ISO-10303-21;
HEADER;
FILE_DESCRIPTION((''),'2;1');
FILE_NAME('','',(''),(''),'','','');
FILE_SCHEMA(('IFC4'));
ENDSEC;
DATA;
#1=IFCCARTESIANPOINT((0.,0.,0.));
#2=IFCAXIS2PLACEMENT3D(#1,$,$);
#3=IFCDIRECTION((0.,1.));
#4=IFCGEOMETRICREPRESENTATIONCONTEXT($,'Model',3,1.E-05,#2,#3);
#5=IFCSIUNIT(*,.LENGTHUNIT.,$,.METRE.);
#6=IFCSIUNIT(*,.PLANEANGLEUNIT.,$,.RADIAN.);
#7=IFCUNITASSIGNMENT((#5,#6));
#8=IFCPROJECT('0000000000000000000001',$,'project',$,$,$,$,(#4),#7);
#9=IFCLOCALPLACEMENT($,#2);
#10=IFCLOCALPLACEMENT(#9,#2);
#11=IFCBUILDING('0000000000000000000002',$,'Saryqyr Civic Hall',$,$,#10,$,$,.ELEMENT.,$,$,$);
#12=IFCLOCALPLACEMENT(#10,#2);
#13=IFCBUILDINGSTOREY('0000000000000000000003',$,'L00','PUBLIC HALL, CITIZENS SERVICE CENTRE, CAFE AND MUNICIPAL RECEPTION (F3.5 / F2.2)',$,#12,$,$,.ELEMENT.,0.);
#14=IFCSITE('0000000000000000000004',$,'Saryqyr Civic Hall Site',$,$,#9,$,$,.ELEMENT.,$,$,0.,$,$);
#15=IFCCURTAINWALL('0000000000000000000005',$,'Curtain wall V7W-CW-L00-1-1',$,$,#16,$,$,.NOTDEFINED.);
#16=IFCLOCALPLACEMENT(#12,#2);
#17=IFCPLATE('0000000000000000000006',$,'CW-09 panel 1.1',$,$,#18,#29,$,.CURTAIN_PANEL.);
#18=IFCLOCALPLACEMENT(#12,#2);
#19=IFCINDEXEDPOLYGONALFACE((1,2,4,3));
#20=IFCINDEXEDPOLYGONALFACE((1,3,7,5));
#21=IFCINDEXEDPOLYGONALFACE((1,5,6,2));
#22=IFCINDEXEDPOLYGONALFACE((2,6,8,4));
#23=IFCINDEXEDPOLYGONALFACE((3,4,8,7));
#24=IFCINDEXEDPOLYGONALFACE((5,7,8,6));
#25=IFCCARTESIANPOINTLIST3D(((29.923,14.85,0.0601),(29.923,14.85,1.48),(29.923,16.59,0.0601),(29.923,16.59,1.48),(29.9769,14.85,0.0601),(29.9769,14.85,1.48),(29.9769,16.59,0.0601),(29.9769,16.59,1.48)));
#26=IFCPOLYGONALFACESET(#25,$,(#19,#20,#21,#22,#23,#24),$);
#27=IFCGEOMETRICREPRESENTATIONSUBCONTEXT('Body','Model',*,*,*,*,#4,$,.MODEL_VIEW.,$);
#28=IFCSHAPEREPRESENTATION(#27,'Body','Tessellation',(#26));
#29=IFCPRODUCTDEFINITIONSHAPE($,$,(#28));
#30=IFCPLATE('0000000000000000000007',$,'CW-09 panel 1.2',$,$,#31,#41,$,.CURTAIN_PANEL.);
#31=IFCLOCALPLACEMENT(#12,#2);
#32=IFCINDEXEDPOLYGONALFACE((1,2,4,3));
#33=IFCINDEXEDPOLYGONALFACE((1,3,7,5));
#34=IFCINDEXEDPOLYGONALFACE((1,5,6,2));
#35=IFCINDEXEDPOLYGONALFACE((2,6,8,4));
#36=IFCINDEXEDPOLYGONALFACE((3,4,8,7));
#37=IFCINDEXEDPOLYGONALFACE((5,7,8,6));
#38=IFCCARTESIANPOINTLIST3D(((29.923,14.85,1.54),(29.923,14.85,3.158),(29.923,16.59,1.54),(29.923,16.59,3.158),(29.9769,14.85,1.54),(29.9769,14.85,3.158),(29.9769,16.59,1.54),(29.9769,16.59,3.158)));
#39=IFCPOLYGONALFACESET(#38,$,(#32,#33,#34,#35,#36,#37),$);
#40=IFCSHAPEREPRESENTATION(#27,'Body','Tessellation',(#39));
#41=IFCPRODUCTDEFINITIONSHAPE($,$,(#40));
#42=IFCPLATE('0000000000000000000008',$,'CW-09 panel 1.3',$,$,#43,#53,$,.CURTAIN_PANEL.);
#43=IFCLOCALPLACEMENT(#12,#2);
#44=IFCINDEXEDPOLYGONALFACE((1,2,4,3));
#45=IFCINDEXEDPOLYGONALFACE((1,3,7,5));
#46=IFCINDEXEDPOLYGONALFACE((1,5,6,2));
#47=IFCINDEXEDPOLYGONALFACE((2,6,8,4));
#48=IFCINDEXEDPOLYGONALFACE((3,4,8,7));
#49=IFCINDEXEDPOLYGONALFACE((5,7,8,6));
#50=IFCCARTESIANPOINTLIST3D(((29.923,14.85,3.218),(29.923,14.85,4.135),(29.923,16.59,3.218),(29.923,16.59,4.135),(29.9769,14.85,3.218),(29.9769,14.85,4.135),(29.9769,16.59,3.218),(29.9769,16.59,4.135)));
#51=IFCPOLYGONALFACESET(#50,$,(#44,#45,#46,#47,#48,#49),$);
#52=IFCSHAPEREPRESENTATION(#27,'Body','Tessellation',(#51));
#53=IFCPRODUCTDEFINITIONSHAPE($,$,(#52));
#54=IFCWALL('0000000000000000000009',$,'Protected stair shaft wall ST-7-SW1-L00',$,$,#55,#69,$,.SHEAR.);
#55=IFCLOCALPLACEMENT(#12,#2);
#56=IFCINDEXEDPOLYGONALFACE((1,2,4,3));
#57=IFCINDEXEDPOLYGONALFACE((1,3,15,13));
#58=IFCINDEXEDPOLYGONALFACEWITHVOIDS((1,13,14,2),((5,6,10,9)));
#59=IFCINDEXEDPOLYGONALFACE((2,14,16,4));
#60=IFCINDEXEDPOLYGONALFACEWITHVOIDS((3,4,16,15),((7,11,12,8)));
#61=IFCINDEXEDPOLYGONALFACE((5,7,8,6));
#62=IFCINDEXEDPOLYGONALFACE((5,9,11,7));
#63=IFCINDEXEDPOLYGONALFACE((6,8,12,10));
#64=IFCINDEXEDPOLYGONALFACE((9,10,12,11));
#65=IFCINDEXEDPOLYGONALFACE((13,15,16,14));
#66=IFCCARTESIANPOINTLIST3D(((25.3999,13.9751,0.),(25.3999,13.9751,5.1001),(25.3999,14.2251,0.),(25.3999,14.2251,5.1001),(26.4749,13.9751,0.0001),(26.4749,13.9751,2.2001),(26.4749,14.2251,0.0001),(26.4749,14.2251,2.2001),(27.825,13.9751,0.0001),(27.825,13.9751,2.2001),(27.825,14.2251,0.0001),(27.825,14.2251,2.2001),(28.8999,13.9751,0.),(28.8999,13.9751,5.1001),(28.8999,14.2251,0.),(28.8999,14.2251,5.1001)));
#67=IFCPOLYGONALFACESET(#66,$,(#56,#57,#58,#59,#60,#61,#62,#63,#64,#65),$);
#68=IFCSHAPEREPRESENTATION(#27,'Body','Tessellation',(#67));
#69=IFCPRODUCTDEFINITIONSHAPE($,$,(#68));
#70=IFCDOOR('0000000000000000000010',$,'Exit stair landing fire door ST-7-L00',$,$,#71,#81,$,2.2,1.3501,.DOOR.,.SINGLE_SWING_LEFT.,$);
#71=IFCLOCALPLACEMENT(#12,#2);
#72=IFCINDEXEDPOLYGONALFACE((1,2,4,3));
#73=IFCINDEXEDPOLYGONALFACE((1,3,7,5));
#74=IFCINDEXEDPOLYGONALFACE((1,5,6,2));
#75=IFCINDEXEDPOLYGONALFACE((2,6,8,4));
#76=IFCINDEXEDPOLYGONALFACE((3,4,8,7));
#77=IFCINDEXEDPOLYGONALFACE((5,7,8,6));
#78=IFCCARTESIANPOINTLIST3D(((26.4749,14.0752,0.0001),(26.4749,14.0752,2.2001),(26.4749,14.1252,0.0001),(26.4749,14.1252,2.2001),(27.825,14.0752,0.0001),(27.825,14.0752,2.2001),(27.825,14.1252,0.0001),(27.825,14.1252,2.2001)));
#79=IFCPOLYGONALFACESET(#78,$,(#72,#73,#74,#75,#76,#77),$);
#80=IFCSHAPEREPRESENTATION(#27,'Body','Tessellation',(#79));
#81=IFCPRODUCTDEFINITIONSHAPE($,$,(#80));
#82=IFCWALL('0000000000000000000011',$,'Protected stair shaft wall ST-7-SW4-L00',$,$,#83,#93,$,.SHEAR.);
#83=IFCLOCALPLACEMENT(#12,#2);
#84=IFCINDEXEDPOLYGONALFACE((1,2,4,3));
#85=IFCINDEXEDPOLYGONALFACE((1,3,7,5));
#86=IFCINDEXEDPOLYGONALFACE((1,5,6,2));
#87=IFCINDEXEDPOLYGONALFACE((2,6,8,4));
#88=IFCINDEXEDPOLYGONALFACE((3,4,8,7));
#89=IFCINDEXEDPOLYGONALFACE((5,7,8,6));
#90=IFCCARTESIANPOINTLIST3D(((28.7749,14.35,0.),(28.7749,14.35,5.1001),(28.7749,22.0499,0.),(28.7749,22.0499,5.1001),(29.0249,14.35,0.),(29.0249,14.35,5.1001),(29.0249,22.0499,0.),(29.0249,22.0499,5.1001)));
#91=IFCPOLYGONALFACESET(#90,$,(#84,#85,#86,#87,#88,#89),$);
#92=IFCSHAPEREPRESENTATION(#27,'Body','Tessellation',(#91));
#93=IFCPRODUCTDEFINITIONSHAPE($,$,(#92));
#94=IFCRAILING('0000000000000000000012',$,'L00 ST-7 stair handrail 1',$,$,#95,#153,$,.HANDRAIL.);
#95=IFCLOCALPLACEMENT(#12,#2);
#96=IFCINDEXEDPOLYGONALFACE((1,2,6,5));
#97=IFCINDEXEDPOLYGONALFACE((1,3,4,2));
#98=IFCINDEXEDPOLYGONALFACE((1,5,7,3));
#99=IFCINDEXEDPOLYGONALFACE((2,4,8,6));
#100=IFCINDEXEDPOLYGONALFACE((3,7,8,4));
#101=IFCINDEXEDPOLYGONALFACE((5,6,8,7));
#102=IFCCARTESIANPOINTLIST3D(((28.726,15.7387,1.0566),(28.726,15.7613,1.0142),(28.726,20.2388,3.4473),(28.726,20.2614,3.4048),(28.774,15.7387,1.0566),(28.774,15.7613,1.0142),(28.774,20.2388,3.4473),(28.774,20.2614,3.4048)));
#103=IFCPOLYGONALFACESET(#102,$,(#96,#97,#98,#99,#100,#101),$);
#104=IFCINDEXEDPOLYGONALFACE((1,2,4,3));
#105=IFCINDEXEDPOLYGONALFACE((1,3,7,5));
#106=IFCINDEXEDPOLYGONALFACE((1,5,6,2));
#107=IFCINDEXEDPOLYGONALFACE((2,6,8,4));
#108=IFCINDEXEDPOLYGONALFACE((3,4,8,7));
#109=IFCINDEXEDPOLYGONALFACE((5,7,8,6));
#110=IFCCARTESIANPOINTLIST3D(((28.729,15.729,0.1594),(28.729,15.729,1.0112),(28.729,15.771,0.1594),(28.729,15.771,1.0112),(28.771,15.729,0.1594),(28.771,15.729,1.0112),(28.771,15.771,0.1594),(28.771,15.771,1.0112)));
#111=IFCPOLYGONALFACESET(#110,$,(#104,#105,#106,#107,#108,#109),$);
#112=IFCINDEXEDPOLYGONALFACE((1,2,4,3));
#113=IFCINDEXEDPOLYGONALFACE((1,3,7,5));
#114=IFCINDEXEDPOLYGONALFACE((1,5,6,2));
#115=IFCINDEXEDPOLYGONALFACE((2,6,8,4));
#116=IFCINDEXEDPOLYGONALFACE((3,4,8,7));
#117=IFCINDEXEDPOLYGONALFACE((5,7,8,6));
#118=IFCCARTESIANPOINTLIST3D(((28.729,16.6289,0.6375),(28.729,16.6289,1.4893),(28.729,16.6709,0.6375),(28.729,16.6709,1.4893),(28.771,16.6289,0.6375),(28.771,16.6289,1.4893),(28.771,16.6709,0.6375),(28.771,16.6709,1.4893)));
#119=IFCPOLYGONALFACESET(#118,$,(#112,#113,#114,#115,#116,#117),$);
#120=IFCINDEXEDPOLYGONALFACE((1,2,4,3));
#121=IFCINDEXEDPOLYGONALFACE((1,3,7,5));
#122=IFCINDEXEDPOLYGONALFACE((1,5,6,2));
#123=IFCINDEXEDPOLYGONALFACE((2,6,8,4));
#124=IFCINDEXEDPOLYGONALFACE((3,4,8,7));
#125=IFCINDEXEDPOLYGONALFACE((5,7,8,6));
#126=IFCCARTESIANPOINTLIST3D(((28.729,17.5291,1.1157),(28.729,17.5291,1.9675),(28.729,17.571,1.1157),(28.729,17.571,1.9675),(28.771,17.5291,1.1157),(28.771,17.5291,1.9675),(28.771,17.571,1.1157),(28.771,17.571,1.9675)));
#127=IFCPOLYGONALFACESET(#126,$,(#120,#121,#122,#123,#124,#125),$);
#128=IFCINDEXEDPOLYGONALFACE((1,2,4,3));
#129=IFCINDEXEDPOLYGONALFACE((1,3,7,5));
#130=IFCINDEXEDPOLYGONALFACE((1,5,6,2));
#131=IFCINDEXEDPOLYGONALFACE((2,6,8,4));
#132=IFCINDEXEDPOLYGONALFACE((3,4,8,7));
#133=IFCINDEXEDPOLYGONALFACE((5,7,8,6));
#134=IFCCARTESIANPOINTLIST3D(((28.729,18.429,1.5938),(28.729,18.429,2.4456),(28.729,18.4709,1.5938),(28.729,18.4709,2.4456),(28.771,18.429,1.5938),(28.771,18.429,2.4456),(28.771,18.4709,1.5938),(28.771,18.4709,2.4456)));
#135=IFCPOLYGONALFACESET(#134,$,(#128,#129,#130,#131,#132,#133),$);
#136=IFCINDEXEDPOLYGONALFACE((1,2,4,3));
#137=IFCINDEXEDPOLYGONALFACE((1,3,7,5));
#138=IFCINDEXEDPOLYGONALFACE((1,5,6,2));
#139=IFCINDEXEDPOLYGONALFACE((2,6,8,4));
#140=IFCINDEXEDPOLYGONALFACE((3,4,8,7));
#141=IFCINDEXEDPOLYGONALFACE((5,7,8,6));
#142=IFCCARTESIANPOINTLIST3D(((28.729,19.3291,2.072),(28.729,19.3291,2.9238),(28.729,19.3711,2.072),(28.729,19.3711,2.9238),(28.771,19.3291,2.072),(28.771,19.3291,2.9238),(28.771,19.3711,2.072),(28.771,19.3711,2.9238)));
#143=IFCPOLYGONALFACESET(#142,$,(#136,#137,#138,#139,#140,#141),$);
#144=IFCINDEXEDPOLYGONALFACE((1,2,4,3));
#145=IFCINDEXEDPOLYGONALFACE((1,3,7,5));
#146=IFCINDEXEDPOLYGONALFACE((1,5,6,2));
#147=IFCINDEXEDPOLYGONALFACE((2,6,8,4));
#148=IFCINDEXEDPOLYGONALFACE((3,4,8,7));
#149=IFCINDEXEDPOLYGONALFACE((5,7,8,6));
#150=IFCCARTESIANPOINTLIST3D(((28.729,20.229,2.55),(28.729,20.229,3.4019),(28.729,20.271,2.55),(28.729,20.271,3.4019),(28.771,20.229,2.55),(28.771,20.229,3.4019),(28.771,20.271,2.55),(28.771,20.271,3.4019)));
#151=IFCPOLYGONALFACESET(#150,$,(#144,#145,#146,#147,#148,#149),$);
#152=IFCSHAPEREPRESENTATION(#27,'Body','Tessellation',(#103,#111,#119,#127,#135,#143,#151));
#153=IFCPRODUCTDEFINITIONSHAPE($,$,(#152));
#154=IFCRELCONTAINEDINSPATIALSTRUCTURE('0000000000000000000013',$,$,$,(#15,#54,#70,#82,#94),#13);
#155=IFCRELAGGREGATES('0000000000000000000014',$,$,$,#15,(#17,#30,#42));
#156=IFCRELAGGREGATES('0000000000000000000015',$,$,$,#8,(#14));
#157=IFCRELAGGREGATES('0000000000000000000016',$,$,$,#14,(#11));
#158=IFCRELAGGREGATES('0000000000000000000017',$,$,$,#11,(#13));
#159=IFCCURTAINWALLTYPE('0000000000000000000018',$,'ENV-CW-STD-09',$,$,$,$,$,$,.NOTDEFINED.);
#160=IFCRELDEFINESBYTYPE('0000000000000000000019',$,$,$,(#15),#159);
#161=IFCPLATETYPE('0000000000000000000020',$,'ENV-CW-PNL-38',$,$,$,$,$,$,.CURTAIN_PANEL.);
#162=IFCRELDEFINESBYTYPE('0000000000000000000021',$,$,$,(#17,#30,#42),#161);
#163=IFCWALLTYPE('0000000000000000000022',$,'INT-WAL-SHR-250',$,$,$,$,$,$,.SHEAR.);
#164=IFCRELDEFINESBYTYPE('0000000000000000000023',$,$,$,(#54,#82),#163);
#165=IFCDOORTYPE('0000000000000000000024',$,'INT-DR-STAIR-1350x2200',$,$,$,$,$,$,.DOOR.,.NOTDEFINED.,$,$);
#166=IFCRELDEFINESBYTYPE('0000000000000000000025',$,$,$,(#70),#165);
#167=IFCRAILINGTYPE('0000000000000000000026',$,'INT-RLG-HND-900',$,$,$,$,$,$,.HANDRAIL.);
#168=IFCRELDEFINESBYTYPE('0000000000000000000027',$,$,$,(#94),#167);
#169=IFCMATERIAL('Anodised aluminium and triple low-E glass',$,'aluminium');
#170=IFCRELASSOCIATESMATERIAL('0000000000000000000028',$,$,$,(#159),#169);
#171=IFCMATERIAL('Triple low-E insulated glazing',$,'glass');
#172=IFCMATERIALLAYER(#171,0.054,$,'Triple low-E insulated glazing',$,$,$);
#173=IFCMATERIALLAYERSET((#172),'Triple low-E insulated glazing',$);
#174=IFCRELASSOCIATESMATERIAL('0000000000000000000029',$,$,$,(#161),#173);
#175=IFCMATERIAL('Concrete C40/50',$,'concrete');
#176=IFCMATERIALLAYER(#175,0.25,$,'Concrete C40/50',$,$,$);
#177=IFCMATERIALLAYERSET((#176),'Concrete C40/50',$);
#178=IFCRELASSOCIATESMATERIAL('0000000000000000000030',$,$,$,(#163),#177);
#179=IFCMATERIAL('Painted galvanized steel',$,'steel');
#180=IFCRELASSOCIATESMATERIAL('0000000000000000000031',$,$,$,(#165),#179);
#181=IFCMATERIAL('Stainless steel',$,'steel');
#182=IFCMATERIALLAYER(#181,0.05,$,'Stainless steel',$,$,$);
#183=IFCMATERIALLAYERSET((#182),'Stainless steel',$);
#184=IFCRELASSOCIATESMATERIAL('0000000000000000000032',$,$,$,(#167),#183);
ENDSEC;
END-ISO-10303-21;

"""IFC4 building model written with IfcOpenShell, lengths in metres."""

from ifc_helpers import new_model, si_unit, direction, frame, frame_2d, origin, origin_2d, place, context, subcontext, project, spatial, rectangle, extrude, material, layer, layer_set, type_object, element, fill, aggregate, save


model = new_model("IFC4")

# Units and contexts
model_context = context("Model", 3, precision=1e-05, world=origin(), true_north=direction((0.0, 1.0)))
body_context = subcontext(model_context, "Body", "Model", "MODEL_VIEW")
ifc_project = project(units=[si_unit("LENGTHUNIT", "METRE"), si_unit("PLANEANGLEUNIT", "RADIAN")], contexts=[model_context])

# Site, building, storey
site_placement = place(None, origin())
site = spatial("IfcSite", under=ifc_project, at=site_placement, Name="Saryqyr Civic Hall Site", CompositionType="ELEMENT", RefElevation=0.0)
building_placement = place(site_placement, origin())
building = spatial("IfcBuilding", under=site, at=building_placement, Name="Saryqyr Civic Hall", CompositionType="ELEMENT")
storey_placement = place(building_placement, origin())
storey = spatial("IfcBuildingStorey", under=building, at=storey_placement, Name="L00", Description="PUBLIC HALL, CITIZENS SERVICE CENTRE, CAFE AND MUNICIPAL RECEPTION (F3.5 / F2.2)", CompositionType="ELEMENT", Elevation=0.0)

# Shared definitions
ifc_material_1 = material(Name="Concrete C40/50", Category="concrete")

# Curtain wall
ifc_material_2 = material(Name="Anodised aluminium and triple low-E glass", Category="aluminium")
curtain_wall_type = type_object("IfcCurtainWallType", Name="ENV-CW-STD-09", PredefinedType="NOTDEFINED", material=ifc_material_2)
curtain_wall_placement = place(storey_placement, origin())
curtain_wall = element("IfcCurtainWall", 1, at=curtain_wall_placement, inside=storey, type_object=curtain_wall_type, Name="Curtain wall V7W-CW-L00-1-1", PredefinedType="NOTDEFINED")

# Plates
ifc_material_3 = material(Name="Triple low-E insulated glazing", Category="glass")
ifc_layer_1 = layer(ifc_material_3, 0.054, Name="Triple low-E insulated glazing")
ifc_layer_set_1 = layer_set([ifc_layer_1], Name="Triple low-E insulated glazing")
plate_type = type_object("IfcPlateType", Name="ENV-CW-PNL-38", PredefinedType="CURTAIN_PANEL", material=ifc_layer_set_1)
plate_1_placement = place(storey_placement, frame((29.95, 15.72, 0.0601), z_axis=(0.0, 0.0, 1.0), x_axis=(0.0, -1.0, 0.0)))
plate_1 = element("IfcPlate", 2, at=plate_1_placement, type_object=plate_type, Name="CW-09 panel 1.1", PredefinedType="CURTAIN_PANEL", context=body_context, shape_type="SweptSolid", body=[
    extrude(rectangle(XDim=1.74, YDim=0.054, at=origin_2d()), origin(), (0.0, 0.0, 1.0), 1.4199),
])
plate_2_placement = place(storey_placement, frame((29.95, 15.72, 1.54), z_axis=(0.0, 0.0, 1.0), x_axis=(0.0, -1.0, 0.0)))
plate_2 = element("IfcPlate", 3, at=plate_2_placement, type_object=plate_type, Name="CW-09 panel 1.2", PredefinedType="CURTAIN_PANEL", context=body_context, shape_type="SweptSolid", body=[
    extrude(rectangle(XDim=1.74, YDim=0.054, at=origin_2d()), origin(), (0.0, 0.0, 1.0), 1.6179),
])
plate_3_placement = place(storey_placement, frame((29.95, 15.72, 3.218), z_axis=(0.0, 0.0, 1.0), x_axis=(0.0, -1.0, 0.0)))
plate_3 = element("IfcPlate", 4, at=plate_3_placement, type_object=plate_type, Name="CW-09 panel 1.3", PredefinedType="CURTAIN_PANEL", context=body_context, shape_type="SweptSolid", body=[
    extrude(rectangle(XDim=1.74, YDim=0.054, at=origin_2d()), origin(), (0.0, 0.0, 1.0), 0.917),
])
aggregate(curtain_wall, [plate_1, plate_2, plate_3])

# Wall, opening, door
ifc_layer_2 = layer(ifc_material_1, 0.25, Name="Concrete C40/50")
ifc_layer_set_2 = layer_set([ifc_layer_2], Name="Concrete C40/50")
wall_type = type_object("IfcWallType", Name="INT-WAL-SHR-250", PredefinedType="SHEAR", material=ifc_layer_set_2)
wall_1_placement = place(storey_placement, frame((28.8999, 14.1001, 0.0), z_axis=(0.0, 0.0, 1.0), x_axis=(-1.0, 0.0, 0.0)))
wall_1 = element("IfcWall", 5, at=wall_1_placement, inside=storey, type_object=wall_type, Name="Protected stair shaft wall ST-7-SW1-L00", PredefinedType="SHEAR", context=body_context, shape_type="SweptSolid", body=[
    extrude(rectangle(XDim=3.5, YDim=0.25, at=frame_2d((1.75, 0.0))), origin(), (0.0, 0.0, 1.0), 5.1001),
])
opening_placement = place(wall_1_placement, frame((1.075, 0.0, 0.0)))
opening = element("IfcOpeningElement", 6, at=opening_placement, cuts=wall_1, PredefinedType="OPENING", context=body_context, shape_type="SweptSolid", body=[
    extrude(rectangle(XDim=1.3501, YDim=2.2, at=frame_2d((0.675, 1.1001))), frame((0.0, 0.135, 0.0), z_axis=(0.0, -1.0, 0.0), x_axis=(1.0, 0.0, 0.0)), (0.0, 0.0, 1.0), 0.27),
])
ifc_material_4 = material(Name="Painted galvanized steel", Category="steel")
door_type = type_object("IfcDoorType", Name="INT-DR-STAIR-1350x2200", OperationType="NOTDEFINED", PredefinedType="DOOR", material=ifc_material_4)
door_placement = place(opening_placement, origin())
door = element("IfcDoor", 7, at=door_placement, inside=storey, type_object=door_type, Name="Exit stair landing fire door ST-7-L00", OperationType="SINGLE_SWING_LEFT", OverallHeight=2.2, OverallWidth=1.3501, PredefinedType="DOOR", context=body_context, shape_type="SweptSolid", body=[
    extrude(rectangle(XDim=1.3501, YDim=2.2, at=frame_2d((0.675, 1.1001))), frame((0.0, 0.0249, 0.0), z_axis=(0.0, -1.0, 0.0), x_axis=(1.0, 0.0, 0.0)), (0.0, 0.0, 1.0), 0.05),
])
fill(opening, door)

# Wall
wall_2_placement = place(storey_placement, frame((28.8999, 22.05, 0.0), z_axis=(0.0, 0.0, 1.0), x_axis=(0.0, -1.0, 0.0)))
element("IfcWall", 8, at=wall_2_placement, inside=storey, type_object=wall_type, Name="Protected stair shaft wall ST-7-SW4-L00", PredefinedType="SHEAR", context=body_context, shape_type="SweptSolid", body=[
    extrude(rectangle(XDim=7.7, YDim=0.25, at=frame_2d((3.8501, 0.0))), origin(), (0.0, 0.0, 1.0), 5.1001),
])

# Railing
ifc_material_5 = material(Name="Stainless steel", Category="steel")
ifc_layer_3 = layer(ifc_material_5, 0.05, Name="Stainless steel")
ifc_layer_set_3 = layer_set([ifc_layer_3], Name="Stainless steel")
railing_type = type_object("IfcRailingType", Name="INT-RLG-HND-900", PredefinedType="HANDRAIL", material=ifc_layer_set_3)
railing_placement = place(storey_placement, frame((28.75, 15.75, 0.1594)))
element("IfcRailing", 9, at=railing_placement, inside=storey, type_object=railing_type, Name="L00 ST-7 stair handrail 1", PredefinedType="HANDRAIL", context=body_context, shape_type="SweptSolid", body=[
    extrude(rectangle(XDim=0.0481, YDim=0.0481, at=origin_2d()), frame((0.0, 0.0, 0.876), z_axis=(0.0, 0.883116, 0.469155), x_axis=(-1.0, 0.0, 0.0)), (0.0, 0.0, 1.0), 5.0957),
    extrude(rectangle(XDim=0.042, YDim=0.042, at=origin_2d()), origin(), (0.0, 0.0, 1.0), 0.8518),
    extrude(rectangle(XDim=0.042, YDim=0.042, at=origin_2d()), frame((0.0, 0.8999, 0.478)), (0.0, 0.0, 1.0), 0.8518),
    extrude(rectangle(XDim=0.042, YDim=0.042, at=origin_2d()), frame((0.0, 1.8, 0.9563)), (0.0, 0.0, 1.0), 0.8518),
    extrude(rectangle(XDim=0.042, YDim=0.042, at=origin_2d()), frame((0.0, 2.7, 1.4343)), (0.0, 0.0, 1.0), 0.8518),
    extrude(rectangle(XDim=0.042, YDim=0.042, at=origin_2d()), frame((0.0, 3.6001, 1.9126)), (0.0, 0.0, 1.0), 0.8518),
    extrude(rectangle(XDim=0.042, YDim=0.042, at=origin_2d()), frame((0.0, 4.5, 2.3906)), (0.0, 0.0, 1.0), 0.8518),
])

save(model, "model.ifc")
